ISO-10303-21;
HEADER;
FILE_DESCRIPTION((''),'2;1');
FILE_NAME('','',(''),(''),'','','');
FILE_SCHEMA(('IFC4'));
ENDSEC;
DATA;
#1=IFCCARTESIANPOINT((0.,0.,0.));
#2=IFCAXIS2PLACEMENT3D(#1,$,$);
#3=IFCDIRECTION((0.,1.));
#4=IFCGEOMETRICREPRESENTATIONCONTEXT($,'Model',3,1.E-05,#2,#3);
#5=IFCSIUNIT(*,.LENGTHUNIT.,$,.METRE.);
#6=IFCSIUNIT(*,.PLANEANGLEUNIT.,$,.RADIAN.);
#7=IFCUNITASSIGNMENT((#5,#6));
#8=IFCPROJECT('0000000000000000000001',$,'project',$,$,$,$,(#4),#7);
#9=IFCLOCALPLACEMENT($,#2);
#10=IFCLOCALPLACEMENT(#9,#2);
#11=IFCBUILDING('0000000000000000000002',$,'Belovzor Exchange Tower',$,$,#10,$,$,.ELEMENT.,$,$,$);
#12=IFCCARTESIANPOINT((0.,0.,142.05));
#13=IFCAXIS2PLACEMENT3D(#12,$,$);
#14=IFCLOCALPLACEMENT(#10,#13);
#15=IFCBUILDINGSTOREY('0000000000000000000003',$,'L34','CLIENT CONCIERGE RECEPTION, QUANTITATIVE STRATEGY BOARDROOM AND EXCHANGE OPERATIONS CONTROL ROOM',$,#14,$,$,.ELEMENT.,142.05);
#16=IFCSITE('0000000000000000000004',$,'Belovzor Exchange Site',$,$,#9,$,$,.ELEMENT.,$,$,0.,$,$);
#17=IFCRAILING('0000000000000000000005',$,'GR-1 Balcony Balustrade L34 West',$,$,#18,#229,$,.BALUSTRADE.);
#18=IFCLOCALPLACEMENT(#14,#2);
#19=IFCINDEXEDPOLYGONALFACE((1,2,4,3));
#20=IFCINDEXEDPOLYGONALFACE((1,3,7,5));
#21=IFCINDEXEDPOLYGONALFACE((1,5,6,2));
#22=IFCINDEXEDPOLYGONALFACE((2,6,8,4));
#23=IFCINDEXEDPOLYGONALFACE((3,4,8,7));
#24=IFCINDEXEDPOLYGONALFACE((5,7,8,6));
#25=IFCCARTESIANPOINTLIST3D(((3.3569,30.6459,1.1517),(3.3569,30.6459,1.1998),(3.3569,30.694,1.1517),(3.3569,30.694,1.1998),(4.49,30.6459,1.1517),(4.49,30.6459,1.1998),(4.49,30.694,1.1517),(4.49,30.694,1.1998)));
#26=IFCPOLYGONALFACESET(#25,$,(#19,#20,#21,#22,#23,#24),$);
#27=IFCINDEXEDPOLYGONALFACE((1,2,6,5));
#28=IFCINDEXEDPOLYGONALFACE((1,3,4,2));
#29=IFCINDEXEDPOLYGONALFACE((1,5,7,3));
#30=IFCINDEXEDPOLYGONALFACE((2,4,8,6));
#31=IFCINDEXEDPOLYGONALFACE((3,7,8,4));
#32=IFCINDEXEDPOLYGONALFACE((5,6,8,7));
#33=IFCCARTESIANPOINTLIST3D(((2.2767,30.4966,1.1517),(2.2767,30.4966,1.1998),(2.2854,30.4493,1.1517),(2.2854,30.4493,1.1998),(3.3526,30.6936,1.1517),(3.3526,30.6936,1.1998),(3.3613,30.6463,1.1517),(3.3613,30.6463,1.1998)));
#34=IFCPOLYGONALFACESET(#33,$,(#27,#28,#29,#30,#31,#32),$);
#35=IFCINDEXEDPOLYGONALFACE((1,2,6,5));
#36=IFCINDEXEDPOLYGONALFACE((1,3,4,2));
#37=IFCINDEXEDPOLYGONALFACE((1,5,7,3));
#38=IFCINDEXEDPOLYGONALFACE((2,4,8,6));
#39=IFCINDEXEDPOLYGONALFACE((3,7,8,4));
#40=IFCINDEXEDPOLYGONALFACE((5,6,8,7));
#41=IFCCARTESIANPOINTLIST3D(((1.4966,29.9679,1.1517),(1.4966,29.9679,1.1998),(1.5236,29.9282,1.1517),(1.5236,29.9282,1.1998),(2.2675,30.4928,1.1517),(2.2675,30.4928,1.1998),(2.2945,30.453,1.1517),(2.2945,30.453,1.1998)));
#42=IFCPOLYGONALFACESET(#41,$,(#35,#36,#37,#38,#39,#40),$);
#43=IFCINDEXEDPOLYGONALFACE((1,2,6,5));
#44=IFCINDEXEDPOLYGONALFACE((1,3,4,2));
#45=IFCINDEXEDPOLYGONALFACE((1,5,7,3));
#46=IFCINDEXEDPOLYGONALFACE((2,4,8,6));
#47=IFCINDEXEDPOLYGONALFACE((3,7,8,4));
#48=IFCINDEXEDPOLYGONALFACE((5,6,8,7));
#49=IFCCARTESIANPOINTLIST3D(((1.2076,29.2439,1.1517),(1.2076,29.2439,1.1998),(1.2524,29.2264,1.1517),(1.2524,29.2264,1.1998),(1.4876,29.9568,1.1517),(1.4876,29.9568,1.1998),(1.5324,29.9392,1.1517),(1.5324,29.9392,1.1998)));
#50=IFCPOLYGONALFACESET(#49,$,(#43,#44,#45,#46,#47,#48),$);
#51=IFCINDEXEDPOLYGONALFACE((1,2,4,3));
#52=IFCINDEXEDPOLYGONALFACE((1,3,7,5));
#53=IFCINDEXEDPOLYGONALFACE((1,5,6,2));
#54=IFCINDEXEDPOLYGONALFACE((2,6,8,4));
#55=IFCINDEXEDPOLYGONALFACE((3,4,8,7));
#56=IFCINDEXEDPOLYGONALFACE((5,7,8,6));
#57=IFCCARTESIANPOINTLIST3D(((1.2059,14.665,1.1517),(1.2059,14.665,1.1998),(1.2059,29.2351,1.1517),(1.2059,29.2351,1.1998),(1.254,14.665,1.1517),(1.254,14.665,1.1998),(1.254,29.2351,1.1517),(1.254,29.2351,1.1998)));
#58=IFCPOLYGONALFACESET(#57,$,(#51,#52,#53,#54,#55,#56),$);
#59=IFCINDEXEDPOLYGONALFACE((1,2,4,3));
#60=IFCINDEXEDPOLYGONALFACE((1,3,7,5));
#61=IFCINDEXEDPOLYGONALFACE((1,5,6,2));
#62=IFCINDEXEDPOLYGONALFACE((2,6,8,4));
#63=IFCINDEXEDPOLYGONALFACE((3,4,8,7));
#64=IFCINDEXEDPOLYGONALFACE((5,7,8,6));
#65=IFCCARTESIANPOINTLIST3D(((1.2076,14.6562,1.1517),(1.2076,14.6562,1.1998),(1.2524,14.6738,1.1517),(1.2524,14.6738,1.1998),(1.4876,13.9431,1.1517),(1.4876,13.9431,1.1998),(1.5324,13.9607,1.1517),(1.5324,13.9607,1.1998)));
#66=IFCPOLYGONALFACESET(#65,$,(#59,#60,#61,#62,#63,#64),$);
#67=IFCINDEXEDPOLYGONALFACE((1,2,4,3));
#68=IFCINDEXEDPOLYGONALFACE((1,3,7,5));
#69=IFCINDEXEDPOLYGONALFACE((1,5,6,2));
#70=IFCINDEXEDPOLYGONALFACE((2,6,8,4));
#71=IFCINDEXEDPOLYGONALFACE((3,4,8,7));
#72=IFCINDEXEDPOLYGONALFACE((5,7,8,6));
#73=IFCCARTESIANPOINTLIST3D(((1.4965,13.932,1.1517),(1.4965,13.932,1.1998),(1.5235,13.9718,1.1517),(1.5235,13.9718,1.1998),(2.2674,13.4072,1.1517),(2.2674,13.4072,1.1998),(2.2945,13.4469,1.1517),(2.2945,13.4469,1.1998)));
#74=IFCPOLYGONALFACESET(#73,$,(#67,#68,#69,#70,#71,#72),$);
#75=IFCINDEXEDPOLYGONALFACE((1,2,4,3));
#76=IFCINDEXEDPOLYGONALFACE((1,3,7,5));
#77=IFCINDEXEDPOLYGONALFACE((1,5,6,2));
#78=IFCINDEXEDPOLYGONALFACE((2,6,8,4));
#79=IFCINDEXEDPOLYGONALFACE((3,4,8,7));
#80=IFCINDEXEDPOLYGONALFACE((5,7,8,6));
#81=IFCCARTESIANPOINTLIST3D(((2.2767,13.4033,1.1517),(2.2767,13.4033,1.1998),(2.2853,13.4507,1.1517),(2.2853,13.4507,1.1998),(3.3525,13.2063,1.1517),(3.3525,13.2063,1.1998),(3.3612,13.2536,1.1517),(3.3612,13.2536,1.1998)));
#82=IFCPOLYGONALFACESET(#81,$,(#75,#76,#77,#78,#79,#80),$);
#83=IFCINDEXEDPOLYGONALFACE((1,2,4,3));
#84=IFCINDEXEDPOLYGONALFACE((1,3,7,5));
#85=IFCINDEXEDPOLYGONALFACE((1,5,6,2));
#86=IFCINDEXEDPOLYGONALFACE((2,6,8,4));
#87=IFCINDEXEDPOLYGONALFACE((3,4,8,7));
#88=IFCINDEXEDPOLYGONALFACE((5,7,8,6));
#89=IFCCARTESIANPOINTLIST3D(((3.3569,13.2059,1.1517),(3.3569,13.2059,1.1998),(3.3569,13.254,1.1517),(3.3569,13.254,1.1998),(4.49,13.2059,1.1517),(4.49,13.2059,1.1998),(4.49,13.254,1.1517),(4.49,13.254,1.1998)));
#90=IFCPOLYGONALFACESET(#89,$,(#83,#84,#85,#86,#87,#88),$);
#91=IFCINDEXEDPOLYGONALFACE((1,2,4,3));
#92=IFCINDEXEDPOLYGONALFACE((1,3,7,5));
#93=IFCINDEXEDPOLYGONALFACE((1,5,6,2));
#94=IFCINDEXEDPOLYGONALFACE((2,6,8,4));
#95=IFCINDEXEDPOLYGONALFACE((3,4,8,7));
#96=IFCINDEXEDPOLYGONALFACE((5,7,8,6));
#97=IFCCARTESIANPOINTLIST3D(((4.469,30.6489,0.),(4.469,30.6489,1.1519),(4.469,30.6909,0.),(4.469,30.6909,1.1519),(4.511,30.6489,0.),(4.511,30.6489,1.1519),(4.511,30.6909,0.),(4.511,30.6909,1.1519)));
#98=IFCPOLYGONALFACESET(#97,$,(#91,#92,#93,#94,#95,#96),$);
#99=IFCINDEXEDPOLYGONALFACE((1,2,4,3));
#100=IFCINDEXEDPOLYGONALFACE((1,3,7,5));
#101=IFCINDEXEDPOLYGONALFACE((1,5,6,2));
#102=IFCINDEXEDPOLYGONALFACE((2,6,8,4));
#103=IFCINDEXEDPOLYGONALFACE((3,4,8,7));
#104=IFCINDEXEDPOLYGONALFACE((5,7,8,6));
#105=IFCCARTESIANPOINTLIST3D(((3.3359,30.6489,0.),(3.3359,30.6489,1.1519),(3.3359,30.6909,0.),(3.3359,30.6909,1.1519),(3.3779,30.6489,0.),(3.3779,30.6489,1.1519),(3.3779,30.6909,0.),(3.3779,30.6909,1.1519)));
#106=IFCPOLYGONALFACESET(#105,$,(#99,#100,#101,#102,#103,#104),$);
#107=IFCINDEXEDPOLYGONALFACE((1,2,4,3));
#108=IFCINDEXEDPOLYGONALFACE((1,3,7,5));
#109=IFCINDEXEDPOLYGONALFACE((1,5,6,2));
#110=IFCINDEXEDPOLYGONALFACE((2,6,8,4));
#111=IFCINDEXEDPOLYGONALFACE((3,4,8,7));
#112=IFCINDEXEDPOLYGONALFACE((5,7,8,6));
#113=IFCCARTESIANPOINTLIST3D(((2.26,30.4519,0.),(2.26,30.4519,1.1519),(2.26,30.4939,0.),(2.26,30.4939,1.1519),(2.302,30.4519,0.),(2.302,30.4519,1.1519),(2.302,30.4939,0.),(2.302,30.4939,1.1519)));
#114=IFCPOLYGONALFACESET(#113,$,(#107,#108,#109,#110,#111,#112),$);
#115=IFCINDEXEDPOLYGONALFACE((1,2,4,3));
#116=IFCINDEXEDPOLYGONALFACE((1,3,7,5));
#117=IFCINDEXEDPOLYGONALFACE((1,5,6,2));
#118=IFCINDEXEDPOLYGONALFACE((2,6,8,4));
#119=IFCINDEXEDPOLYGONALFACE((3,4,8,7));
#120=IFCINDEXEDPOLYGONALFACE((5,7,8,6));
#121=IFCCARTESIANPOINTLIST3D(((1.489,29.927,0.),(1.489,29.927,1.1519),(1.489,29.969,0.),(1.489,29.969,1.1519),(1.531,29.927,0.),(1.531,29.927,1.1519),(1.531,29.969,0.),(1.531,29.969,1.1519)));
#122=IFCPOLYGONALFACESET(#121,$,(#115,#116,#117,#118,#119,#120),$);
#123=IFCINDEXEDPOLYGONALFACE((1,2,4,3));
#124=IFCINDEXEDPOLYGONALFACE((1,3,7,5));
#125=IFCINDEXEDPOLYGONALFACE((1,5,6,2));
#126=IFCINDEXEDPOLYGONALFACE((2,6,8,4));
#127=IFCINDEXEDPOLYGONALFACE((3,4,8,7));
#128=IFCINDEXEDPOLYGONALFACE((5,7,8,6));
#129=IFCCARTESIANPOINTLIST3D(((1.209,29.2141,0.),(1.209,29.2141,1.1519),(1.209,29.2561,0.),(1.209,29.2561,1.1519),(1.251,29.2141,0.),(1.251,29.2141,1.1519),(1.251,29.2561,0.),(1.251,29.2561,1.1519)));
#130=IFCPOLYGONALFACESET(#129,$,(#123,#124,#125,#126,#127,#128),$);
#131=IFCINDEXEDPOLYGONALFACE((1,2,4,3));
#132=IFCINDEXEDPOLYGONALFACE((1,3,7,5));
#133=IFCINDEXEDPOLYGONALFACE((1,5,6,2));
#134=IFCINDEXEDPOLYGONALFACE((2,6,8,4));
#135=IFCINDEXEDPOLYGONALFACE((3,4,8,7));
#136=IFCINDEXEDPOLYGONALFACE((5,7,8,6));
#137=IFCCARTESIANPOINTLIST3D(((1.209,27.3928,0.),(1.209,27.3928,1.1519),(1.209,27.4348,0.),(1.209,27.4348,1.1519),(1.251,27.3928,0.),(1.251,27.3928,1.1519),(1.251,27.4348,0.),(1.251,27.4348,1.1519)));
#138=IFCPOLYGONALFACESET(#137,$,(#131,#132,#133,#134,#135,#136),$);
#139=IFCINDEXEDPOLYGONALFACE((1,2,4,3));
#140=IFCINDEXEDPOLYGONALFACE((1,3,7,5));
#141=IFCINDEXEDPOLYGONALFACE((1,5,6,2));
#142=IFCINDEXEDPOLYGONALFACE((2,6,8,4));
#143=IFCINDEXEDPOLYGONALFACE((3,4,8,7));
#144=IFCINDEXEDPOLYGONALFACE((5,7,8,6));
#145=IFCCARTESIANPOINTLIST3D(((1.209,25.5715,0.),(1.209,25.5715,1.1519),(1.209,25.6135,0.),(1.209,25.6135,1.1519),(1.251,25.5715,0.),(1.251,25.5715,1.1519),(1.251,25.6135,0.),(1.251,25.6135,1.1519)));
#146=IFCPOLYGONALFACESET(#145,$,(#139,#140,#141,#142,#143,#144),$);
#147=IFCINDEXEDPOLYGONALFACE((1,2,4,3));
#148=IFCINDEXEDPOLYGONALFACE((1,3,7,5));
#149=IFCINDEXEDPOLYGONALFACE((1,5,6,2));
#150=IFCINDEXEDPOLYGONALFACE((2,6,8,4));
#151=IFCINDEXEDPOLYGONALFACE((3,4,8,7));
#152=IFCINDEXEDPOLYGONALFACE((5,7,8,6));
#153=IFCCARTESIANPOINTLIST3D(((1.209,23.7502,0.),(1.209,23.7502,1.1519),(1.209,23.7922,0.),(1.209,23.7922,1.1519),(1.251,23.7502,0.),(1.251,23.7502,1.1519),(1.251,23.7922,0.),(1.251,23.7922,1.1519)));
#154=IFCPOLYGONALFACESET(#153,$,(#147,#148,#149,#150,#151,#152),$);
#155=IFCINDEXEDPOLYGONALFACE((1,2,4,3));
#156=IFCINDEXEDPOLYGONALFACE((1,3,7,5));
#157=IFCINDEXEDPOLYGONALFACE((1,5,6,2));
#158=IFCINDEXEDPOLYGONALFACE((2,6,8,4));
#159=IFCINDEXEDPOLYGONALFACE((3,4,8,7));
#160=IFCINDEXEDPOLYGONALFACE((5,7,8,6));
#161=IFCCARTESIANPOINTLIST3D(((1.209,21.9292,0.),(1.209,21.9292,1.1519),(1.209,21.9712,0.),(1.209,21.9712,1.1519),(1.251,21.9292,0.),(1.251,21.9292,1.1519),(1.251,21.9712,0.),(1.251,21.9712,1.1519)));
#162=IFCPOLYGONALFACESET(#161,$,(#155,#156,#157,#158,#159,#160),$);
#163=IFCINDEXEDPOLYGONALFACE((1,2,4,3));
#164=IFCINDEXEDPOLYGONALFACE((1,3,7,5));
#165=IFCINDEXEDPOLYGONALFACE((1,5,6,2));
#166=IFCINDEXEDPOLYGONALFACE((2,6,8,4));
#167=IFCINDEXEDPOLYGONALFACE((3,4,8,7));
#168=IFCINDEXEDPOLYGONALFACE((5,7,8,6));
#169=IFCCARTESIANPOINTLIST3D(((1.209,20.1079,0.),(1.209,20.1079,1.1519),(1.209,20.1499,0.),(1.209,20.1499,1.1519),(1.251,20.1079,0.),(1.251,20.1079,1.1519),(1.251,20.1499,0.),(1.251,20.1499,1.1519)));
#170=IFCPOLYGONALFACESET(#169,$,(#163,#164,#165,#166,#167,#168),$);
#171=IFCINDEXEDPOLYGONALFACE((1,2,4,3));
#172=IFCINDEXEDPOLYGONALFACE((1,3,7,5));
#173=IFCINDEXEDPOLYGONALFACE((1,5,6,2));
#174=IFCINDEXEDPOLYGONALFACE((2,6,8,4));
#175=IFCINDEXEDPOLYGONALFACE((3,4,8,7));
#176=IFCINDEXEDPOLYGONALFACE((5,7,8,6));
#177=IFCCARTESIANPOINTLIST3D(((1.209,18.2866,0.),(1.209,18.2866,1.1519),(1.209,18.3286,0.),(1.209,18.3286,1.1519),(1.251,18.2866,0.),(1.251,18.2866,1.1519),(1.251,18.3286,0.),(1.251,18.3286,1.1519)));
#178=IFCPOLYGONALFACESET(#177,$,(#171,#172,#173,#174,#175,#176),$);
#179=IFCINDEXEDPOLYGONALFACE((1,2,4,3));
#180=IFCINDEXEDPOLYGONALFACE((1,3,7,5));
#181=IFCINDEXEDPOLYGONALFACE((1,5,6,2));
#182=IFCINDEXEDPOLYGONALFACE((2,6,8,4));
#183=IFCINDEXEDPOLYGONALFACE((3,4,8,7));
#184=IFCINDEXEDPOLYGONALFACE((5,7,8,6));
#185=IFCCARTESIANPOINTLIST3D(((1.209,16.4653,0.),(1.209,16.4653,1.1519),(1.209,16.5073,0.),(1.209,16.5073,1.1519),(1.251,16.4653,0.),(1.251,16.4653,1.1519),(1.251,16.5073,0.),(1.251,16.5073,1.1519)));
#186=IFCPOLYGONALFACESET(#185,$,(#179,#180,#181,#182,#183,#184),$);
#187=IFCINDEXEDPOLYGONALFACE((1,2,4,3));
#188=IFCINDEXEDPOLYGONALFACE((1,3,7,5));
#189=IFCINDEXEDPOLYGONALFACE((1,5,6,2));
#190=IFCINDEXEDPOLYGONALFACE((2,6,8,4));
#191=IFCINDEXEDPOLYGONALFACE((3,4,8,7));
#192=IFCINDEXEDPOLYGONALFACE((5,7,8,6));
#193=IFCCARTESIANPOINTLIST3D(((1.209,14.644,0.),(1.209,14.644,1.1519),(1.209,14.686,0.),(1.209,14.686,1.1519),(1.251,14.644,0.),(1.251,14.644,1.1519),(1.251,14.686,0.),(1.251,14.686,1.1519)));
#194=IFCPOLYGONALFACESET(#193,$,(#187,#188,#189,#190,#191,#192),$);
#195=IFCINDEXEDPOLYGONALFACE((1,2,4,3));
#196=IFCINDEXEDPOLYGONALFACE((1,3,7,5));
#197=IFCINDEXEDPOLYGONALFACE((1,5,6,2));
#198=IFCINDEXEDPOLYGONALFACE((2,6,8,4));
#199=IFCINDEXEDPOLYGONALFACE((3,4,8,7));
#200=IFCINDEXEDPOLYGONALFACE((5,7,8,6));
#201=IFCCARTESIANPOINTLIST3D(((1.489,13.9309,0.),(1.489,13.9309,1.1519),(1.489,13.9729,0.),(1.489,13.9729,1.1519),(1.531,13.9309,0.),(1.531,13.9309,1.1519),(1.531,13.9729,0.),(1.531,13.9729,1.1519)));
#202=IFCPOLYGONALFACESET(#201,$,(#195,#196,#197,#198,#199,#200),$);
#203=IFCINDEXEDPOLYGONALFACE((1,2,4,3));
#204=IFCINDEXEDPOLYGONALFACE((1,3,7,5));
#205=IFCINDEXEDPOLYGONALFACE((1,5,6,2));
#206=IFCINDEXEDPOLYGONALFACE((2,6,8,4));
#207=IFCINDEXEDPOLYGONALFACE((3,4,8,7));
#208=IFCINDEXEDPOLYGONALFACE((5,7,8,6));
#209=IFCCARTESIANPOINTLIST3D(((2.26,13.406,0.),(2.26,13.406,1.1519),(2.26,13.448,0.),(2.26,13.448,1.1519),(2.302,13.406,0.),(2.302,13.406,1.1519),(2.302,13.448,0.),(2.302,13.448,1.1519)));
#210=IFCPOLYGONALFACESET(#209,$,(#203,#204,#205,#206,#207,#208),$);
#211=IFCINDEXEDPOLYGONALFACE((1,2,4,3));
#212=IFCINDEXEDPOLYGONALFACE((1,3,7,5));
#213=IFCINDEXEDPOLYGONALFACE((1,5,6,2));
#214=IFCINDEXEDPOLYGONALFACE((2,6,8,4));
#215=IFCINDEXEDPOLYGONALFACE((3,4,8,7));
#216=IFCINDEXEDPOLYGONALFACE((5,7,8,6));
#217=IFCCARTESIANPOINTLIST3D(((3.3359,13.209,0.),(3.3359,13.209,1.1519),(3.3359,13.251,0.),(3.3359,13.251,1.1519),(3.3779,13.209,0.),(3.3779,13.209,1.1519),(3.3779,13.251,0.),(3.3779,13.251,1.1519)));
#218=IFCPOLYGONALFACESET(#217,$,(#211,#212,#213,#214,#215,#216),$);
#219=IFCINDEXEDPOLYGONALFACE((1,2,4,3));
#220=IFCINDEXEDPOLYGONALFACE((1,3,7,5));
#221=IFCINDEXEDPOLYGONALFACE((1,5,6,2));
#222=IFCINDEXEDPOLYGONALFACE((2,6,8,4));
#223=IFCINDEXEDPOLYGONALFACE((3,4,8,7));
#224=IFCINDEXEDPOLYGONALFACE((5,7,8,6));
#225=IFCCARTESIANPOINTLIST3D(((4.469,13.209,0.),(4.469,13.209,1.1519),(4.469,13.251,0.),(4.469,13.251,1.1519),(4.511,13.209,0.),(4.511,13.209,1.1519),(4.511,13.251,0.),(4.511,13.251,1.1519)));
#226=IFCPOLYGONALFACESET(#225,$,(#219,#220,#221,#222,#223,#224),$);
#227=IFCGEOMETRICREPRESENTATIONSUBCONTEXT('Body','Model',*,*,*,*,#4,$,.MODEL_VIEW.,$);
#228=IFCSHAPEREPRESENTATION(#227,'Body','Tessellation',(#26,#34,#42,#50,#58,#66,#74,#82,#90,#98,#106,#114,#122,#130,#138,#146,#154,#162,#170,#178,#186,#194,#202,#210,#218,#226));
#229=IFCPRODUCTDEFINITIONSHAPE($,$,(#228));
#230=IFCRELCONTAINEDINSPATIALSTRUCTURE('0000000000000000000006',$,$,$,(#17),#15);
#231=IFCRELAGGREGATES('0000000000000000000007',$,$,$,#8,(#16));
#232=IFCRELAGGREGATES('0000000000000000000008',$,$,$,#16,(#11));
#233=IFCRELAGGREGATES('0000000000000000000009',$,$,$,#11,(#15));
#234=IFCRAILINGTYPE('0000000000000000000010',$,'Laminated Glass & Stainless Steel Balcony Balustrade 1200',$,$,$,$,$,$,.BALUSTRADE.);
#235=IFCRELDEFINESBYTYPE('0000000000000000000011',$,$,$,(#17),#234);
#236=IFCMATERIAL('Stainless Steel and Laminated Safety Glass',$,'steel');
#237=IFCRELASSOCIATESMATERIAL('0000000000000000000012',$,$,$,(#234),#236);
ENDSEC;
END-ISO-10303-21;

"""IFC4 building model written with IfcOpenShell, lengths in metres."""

from ifc_helpers import new_model, si_unit, direction, frame, origin, origin_2d, place, context, subcontext, project, spatial, rectangle, extrude, material, type_object, element, save


model = new_model("IFC4")

# Units and contexts
model_context = context("Model", 3, precision=1e-05, world=origin(), true_north=direction((0.0, 1.0)))
body_context = subcontext(model_context, "Body", "Model", "MODEL_VIEW")
ifc_project = project(units=[si_unit("LENGTHUNIT", "METRE"), si_unit("PLANEANGLEUNIT", "RADIAN")], contexts=[model_context])

# Site, building, storey
site_placement = place(None, origin())
site = spatial("IfcSite", under=ifc_project, at=site_placement, Name="Belovzor Exchange Site", CompositionType="ELEMENT", RefElevation=0.0)
building_placement = place(site_placement, origin())
building = spatial("IfcBuilding", under=site, at=building_placement, Name="Belovzor Exchange Tower", CompositionType="ELEMENT")
storey_placement = place(building_placement, frame((0.0, 0.0, 142.05)))
storey = spatial("IfcBuildingStorey", under=building, at=storey_placement, Name="L34", Description="CLIENT CONCIERGE RECEPTION, QUANTITATIVE STRATEGY BOARDROOM AND EXCHANGE OPERATIONS CONTROL ROOM", CompositionType="ELEMENT", Elevation=142.05)

# Railing
ifc_material_1 = material(Name="Stainless Steel and Laminated Safety Glass", Category="steel")
railing_type = type_object("IfcRailingType", Name="Laminated Glass & Stainless Steel Balcony Balustrade 1200", PredefinedType="BALUSTRADE", material=ifc_material_1)
railing_placement = place(storey_placement, frame((4.49, 30.6699, 0.0)))
element("IfcRailing", 1, at=railing_placement, inside=storey, type_object=railing_type, Name="GR-1 Balcony Balustrade L34 West", PredefinedType="BALUSTRADE", context=body_context, shape_type="SweptSolid", body=[
    extrude(rectangle(XDim=0.0481, YDim=0.0481, at=origin_2d()), frame((0.0, 0.0, 1.1758), z_axis=(-1.0, 0.0, 0.0), x_axis=(0.0, -1.0, 0.0)), (0.0, 0.0, 1.0), 1.1331),
    extrude(rectangle(XDim=0.0481, YDim=0.0481, at=origin_2d()), frame((-1.1331, 0.0, 1.1758), z_axis=(-0.983644, -0.180123, 0.0), x_axis=(0.180123, -0.983644, 0.0)), (0.0, 0.0, 1.0), 1.0938),
    extrude(rectangle(XDim=0.0481, YDim=0.0481, at=origin_2d()), frame((-2.209, -0.197, 1.1758), z_axis=(-0.826615, -0.562768, 0.0), x_axis=(0.562768, -0.826615, 0.0)), (0.0, 0.0, 1.0), 0.9326),
    extrude(rectangle(XDim=0.0481, YDim=0.0481, at=origin_2d()), frame((-2.98, -0.7219, 1.1758), z_axis=(-0.365613, -0.930767, 0.0), x_axis=(0.930767, -0.365613, 0.0)), (0.0, 0.0, 1.0), 0.7659),
    extrude(rectangle(XDim=0.0481, YDim=0.0481, at=origin_2d()), frame((-3.26, -1.4348, 1.1758), z_axis=(0.0, -1.0, 0.0), x_axis=(1.0, 0.0, 0.0)), (0.0, 0.0, 1.0), 14.5701),
    extrude(rectangle(XDim=0.0481, YDim=0.0481, at=origin_2d()), frame((-3.26, -16.0049, 1.1758), z_axis=(0.365504, -0.93081, 0.0), x_axis=(0.93081, 0.365504, 0.0)), (0.0, 0.0, 1.0), 0.7661),
    extrude(rectangle(XDim=0.0481, YDim=0.0481, at=origin_2d()), frame((-2.98, -16.718, 1.1758), z_axis=(0.826615, -0.562768, 0.0), x_axis=(0.562768, 0.826615, 0.0)), (0.0, 0.0, 1.0), 0.9326),
    extrude(rectangle(XDim=0.0481, YDim=0.0481, at=origin_2d()), frame((-2.209, -17.2429, 1.1758), z_axis=(0.983644, -0.180123, 0.0), x_axis=(0.180123, 0.983644, 0.0)), (0.0, 0.0, 1.0), 1.0938),
    extrude(rectangle(XDim=0.0481, YDim=0.0481, at=origin_2d()), frame((-1.1331, -17.4399, 1.1758), z_axis=(1.0, 0.0, 0.0), x_axis=(0.0, 1.0, 0.0)), (0.0, 0.0, 1.0), 1.1331),
    extrude(rectangle(XDim=0.042, YDim=0.042, at=origin_2d()), origin(), (0.0, 0.0, 1.0), 1.1519),
    extrude(rectangle(XDim=0.042, YDim=0.042, at=origin_2d()), frame((-1.1331, 0.0, 0.0)), (0.0, 0.0, 1.0), 1.1519),
    extrude(rectangle(XDim=0.042, YDim=0.042, at=origin_2d()), frame((-2.209, -0.197, 0.0)), (0.0, 0.0, 1.0), 1.1519),
    extrude(rectangle(XDim=0.042, YDim=0.042, at=origin_2d()), frame((-2.98, -0.7219, 0.0)), (0.0, 0.0, 1.0), 1.1519),
    extrude(rectangle(XDim=0.042, YDim=0.042, at=origin_2d()), frame((-3.26, -1.4348, 0.0)), (0.0, 0.0, 1.0), 1.1519),
    extrude(rectangle(XDim=0.042, YDim=0.042, at=origin_2d()), frame((-3.26, -3.2561, 0.0)), (0.0, 0.0, 1.0), 1.1519),
    extrude(rectangle(XDim=0.042, YDim=0.042, at=origin_2d()), frame((-3.26, -5.0774, 0.0)), (0.0, 0.0, 1.0), 1.1519),
    extrude(rectangle(XDim=0.042, YDim=0.042, at=origin_2d()), frame((-3.26, -6.8987, 0.0)), (0.0, 0.0, 1.0), 1.1519),
    extrude(rectangle(XDim=0.042, YDim=0.042, at=origin_2d()), frame((-3.26, -8.7197, 0.0)), (0.0, 0.0, 1.0), 1.1519),
    extrude(rectangle(XDim=0.042, YDim=0.042, at=origin_2d()), frame((-3.26, -10.541, 0.0)), (0.0, 0.0, 1.0), 1.1519),
    extrude(rectangle(XDim=0.042, YDim=0.042, at=origin_2d()), frame((-3.26, -12.3623, 0.0)), (0.0, 0.0, 1.0), 1.1519),
    extrude(rectangle(XDim=0.042, YDim=0.042, at=origin_2d()), frame((-3.26, -14.1836, 0.0)), (0.0, 0.0, 1.0), 1.1519),
    extrude(rectangle(XDim=0.042, YDim=0.042, at=origin_2d()), frame((-3.26, -16.0049, 0.0)), (0.0, 0.0, 1.0), 1.1519),
    extrude(rectangle(XDim=0.042, YDim=0.042, at=origin_2d()), frame((-2.98, -16.718, 0.0)), (0.0, 0.0, 1.0), 1.1519),
    extrude(rectangle(XDim=0.042, YDim=0.042, at=origin_2d()), frame((-2.209, -17.2429, 0.0)), (0.0, 0.0, 1.0), 1.1519),
    extrude(rectangle(XDim=0.042, YDim=0.042, at=origin_2d()), frame((-1.1331, -17.4399, 0.0)), (0.0, 0.0, 1.0), 1.1519),
    extrude(rectangle(XDim=0.042, YDim=0.042, at=origin_2d()), frame((0.0, -17.4399, 0.0)), (0.0, 0.0, 1.0), 1.1519),
])

save(model, "model.ifc")
